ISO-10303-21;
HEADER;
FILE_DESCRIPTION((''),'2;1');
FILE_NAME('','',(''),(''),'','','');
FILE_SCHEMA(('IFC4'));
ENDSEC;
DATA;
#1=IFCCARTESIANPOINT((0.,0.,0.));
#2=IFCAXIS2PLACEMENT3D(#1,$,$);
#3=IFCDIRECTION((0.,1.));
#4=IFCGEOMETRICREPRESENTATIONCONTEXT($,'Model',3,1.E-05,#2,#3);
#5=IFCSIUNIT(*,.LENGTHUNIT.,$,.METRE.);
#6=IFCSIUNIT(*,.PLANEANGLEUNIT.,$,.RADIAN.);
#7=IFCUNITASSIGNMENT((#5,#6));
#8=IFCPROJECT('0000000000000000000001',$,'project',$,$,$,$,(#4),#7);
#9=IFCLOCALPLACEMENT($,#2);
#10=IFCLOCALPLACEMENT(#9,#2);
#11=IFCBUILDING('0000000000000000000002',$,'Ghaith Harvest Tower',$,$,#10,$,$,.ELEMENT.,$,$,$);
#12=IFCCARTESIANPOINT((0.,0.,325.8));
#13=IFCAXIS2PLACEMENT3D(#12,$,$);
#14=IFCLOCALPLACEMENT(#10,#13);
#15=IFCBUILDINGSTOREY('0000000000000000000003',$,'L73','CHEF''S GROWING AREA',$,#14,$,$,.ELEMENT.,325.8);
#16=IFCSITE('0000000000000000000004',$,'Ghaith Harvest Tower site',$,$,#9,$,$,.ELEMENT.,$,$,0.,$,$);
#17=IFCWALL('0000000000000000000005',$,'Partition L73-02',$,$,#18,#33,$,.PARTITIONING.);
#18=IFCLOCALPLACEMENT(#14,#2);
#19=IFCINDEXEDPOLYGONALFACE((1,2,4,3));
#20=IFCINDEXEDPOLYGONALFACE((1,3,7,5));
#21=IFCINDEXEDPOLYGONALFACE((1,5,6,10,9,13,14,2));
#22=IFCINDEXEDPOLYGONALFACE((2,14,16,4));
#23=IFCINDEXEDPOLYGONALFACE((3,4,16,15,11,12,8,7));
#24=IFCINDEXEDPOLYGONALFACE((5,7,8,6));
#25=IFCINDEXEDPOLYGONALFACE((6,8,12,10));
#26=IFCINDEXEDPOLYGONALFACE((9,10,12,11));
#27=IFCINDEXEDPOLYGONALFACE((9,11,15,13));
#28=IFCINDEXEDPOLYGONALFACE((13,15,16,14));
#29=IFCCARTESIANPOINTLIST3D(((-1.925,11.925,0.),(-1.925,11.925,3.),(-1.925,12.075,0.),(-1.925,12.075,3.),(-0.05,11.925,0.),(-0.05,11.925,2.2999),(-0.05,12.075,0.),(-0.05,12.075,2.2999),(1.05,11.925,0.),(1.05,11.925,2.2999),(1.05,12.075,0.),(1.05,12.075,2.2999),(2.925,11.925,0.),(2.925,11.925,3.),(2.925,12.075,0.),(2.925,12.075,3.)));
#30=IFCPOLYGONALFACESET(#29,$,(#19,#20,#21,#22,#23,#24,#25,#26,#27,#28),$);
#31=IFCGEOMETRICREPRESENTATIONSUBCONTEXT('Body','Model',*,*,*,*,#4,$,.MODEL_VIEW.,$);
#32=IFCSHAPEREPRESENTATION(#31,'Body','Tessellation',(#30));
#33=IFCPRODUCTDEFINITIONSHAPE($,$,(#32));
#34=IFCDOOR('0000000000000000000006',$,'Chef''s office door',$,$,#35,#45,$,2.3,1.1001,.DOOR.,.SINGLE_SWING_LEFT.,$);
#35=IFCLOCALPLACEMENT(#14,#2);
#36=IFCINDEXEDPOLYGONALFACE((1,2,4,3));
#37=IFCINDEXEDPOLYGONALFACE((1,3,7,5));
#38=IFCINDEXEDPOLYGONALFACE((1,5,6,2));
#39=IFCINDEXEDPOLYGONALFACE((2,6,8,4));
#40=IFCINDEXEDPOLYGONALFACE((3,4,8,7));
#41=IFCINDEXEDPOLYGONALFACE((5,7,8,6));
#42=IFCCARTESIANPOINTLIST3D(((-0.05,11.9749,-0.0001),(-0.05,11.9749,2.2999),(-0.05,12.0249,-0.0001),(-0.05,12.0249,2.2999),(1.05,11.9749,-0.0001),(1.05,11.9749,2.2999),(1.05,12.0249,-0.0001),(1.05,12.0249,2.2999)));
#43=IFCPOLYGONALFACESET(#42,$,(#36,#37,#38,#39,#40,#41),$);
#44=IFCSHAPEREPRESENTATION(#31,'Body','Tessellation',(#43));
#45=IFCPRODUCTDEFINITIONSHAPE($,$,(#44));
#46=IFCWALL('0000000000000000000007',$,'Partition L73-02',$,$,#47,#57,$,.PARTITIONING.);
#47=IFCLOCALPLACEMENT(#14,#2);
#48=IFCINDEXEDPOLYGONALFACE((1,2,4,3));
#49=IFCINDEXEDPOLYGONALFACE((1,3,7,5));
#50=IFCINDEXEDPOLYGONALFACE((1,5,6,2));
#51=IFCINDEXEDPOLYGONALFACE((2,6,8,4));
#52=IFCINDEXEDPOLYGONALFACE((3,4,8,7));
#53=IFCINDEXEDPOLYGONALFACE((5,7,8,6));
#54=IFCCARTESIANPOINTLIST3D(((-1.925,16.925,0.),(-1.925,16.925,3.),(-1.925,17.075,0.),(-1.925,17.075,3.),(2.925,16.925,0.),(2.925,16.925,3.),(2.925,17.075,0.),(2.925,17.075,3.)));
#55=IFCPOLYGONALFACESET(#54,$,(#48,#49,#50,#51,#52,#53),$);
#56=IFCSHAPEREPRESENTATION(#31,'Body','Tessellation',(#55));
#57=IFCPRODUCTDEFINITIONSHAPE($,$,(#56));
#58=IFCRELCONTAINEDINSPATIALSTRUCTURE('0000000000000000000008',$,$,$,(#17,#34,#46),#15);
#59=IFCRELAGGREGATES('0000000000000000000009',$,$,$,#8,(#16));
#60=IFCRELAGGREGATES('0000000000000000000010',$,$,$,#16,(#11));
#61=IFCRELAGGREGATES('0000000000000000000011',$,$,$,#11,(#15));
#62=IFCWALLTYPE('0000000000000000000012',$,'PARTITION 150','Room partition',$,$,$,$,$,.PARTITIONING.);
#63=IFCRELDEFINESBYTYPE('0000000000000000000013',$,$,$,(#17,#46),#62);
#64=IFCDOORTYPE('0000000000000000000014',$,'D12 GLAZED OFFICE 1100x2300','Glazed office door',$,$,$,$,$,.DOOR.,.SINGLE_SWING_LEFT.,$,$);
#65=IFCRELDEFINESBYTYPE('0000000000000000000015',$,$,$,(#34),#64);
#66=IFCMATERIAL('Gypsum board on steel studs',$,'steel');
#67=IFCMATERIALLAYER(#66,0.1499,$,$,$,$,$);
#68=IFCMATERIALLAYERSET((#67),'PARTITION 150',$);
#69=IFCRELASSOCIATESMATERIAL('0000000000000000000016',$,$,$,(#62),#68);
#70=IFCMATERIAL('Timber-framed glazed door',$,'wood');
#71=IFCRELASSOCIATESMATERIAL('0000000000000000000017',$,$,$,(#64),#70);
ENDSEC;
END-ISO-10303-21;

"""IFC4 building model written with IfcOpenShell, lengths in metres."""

from ifc_helpers import new_model, si_unit, direction, frame, frame_2d, origin, place, context, subcontext, project, spatial, rectangle, extrude, material, layer, layer_set, type_object, element, fill, save


model = new_model("IFC4")

# Units and contexts
model_context = context("Model", 3, precision=1e-05, world=origin(), true_north=direction((0.0, 1.0)))
body_context = subcontext(model_context, "Body", "Model", "MODEL_VIEW")
ifc_project = project(units=[si_unit("LENGTHUNIT", "METRE"), si_unit("PLANEANGLEUNIT", "RADIAN")], contexts=[model_context])

# Site, building, storey
site_placement = place(None, origin())
site = spatial("IfcSite", under=ifc_project, at=site_placement, Name="Ghaith Harvest Tower site", CompositionType="ELEMENT", RefElevation=0.0)
building_placement = place(site_placement, origin())
building = spatial("IfcBuilding", under=site, at=building_placement, Name="Ghaith Harvest Tower", CompositionType="ELEMENT")
storey_placement = place(building_placement, frame((0.0, 0.0, 325.8)))
storey = spatial("IfcBuildingStorey", under=building, at=storey_placement, Name="L73", Description="CHEF'S GROWING AREA", CompositionType="ELEMENT", Elevation=325.8)

# Shared definitions
ifc_material_1 = material(Name="Gypsum board on steel studs", Category="steel")
ifc_layer_1 = layer(ifc_material_1, 0.1499)
ifc_layer_set_1 = layer_set([ifc_layer_1], Name="PARTITION 150")
wall_type = type_object("IfcWallType", Name="PARTITION 150", Description="Room partition", PredefinedType="PARTITIONING", material=ifc_layer_set_1)

# Wall, opening, door
wall_1_placement = place(storey_placement, frame((-1.925, 12.0, 0.0), z_axis=(0.0, 0.0, 1.0), x_axis=(1.0, 0.0, 0.0)))
wall_1 = element("IfcWall", 1, at=wall_1_placement, inside=storey, type_object=wall_type, Name="Partition L73-02", PredefinedType="PARTITIONING", context=body_context, shape_type="SweptSolid", body=[
    extrude(rectangle(XDim=4.8501, YDim=0.1499, at=frame_2d((2.425, 0.0))), origin(), (0.0, 0.0, 1.0), 3.0),
])
opening_1_placement = place(wall_1_placement, frame((1.875, 0.0, 0.0)))
opening_1 = element("IfcOpeningElement", 2, at=opening_1_placement, cuts=wall_1, PredefinedType="OPENING", context=body_context, shape_type="SweptSolid", body=[
    extrude(rectangle(XDim=1.1001, YDim=2.3, at=frame_2d((0.55, 1.1499))), frame((0.0, 0.085, 0.0), z_axis=(0.0, -1.0, 0.0), x_axis=(1.0, 0.0, 0.0)), (0.0, 0.0, 1.0), 0.1699),
])
ifc_material_2 = material(Name="Timber-framed glazed door", Category="wood")
door_type_1 = type_object("IfcDoorType", Name="D12 GLAZED OFFICE 1100x2300", Description="Glazed office door", OperationType="SINGLE_SWING_LEFT", PredefinedType="DOOR", material=ifc_material_2)
door_1_placement = place(opening_1_placement, origin())
door_1 = element("IfcDoor", 3, at=door_1_placement, inside=storey, type_object=door_type_1, Name="Chef's office door", OperationType="SINGLE_SWING_LEFT", OverallHeight=2.3, OverallWidth=1.1001, PredefinedType="DOOR", context=body_context, shape_type="SweptSolid", body=[
    extrude(rectangle(XDim=1.1001, YDim=2.3, at=frame_2d((0.55, 1.1499))), frame((0.0, 0.0249, 0.0), z_axis=(0.0, -1.0, 0.0), x_axis=(1.0, 0.0, 0.0)), (0.0, 0.0, 1.0), 0.05),
])
fill(opening_1, door_1)

# Wall
wall_2_placement = place(storey_placement, frame((-1.925, 17.0, 0.0), z_axis=(0.0, 0.0, 1.0), x_axis=(1.0, 0.0, 0.0)))
element("IfcWall", 4, at=wall_2_placement, inside=storey, type_object=wall_type, Name="Partition L73-02", PredefinedType="PARTITIONING", context=body_context, shape_type="SweptSolid", body=[
    extrude(rectangle(XDim=4.8501, YDim=0.1499, at=frame_2d((2.425, 0.0))), origin(), (0.0, 0.0, 1.0), 3.0),
])

save(model, "model.ifc")
